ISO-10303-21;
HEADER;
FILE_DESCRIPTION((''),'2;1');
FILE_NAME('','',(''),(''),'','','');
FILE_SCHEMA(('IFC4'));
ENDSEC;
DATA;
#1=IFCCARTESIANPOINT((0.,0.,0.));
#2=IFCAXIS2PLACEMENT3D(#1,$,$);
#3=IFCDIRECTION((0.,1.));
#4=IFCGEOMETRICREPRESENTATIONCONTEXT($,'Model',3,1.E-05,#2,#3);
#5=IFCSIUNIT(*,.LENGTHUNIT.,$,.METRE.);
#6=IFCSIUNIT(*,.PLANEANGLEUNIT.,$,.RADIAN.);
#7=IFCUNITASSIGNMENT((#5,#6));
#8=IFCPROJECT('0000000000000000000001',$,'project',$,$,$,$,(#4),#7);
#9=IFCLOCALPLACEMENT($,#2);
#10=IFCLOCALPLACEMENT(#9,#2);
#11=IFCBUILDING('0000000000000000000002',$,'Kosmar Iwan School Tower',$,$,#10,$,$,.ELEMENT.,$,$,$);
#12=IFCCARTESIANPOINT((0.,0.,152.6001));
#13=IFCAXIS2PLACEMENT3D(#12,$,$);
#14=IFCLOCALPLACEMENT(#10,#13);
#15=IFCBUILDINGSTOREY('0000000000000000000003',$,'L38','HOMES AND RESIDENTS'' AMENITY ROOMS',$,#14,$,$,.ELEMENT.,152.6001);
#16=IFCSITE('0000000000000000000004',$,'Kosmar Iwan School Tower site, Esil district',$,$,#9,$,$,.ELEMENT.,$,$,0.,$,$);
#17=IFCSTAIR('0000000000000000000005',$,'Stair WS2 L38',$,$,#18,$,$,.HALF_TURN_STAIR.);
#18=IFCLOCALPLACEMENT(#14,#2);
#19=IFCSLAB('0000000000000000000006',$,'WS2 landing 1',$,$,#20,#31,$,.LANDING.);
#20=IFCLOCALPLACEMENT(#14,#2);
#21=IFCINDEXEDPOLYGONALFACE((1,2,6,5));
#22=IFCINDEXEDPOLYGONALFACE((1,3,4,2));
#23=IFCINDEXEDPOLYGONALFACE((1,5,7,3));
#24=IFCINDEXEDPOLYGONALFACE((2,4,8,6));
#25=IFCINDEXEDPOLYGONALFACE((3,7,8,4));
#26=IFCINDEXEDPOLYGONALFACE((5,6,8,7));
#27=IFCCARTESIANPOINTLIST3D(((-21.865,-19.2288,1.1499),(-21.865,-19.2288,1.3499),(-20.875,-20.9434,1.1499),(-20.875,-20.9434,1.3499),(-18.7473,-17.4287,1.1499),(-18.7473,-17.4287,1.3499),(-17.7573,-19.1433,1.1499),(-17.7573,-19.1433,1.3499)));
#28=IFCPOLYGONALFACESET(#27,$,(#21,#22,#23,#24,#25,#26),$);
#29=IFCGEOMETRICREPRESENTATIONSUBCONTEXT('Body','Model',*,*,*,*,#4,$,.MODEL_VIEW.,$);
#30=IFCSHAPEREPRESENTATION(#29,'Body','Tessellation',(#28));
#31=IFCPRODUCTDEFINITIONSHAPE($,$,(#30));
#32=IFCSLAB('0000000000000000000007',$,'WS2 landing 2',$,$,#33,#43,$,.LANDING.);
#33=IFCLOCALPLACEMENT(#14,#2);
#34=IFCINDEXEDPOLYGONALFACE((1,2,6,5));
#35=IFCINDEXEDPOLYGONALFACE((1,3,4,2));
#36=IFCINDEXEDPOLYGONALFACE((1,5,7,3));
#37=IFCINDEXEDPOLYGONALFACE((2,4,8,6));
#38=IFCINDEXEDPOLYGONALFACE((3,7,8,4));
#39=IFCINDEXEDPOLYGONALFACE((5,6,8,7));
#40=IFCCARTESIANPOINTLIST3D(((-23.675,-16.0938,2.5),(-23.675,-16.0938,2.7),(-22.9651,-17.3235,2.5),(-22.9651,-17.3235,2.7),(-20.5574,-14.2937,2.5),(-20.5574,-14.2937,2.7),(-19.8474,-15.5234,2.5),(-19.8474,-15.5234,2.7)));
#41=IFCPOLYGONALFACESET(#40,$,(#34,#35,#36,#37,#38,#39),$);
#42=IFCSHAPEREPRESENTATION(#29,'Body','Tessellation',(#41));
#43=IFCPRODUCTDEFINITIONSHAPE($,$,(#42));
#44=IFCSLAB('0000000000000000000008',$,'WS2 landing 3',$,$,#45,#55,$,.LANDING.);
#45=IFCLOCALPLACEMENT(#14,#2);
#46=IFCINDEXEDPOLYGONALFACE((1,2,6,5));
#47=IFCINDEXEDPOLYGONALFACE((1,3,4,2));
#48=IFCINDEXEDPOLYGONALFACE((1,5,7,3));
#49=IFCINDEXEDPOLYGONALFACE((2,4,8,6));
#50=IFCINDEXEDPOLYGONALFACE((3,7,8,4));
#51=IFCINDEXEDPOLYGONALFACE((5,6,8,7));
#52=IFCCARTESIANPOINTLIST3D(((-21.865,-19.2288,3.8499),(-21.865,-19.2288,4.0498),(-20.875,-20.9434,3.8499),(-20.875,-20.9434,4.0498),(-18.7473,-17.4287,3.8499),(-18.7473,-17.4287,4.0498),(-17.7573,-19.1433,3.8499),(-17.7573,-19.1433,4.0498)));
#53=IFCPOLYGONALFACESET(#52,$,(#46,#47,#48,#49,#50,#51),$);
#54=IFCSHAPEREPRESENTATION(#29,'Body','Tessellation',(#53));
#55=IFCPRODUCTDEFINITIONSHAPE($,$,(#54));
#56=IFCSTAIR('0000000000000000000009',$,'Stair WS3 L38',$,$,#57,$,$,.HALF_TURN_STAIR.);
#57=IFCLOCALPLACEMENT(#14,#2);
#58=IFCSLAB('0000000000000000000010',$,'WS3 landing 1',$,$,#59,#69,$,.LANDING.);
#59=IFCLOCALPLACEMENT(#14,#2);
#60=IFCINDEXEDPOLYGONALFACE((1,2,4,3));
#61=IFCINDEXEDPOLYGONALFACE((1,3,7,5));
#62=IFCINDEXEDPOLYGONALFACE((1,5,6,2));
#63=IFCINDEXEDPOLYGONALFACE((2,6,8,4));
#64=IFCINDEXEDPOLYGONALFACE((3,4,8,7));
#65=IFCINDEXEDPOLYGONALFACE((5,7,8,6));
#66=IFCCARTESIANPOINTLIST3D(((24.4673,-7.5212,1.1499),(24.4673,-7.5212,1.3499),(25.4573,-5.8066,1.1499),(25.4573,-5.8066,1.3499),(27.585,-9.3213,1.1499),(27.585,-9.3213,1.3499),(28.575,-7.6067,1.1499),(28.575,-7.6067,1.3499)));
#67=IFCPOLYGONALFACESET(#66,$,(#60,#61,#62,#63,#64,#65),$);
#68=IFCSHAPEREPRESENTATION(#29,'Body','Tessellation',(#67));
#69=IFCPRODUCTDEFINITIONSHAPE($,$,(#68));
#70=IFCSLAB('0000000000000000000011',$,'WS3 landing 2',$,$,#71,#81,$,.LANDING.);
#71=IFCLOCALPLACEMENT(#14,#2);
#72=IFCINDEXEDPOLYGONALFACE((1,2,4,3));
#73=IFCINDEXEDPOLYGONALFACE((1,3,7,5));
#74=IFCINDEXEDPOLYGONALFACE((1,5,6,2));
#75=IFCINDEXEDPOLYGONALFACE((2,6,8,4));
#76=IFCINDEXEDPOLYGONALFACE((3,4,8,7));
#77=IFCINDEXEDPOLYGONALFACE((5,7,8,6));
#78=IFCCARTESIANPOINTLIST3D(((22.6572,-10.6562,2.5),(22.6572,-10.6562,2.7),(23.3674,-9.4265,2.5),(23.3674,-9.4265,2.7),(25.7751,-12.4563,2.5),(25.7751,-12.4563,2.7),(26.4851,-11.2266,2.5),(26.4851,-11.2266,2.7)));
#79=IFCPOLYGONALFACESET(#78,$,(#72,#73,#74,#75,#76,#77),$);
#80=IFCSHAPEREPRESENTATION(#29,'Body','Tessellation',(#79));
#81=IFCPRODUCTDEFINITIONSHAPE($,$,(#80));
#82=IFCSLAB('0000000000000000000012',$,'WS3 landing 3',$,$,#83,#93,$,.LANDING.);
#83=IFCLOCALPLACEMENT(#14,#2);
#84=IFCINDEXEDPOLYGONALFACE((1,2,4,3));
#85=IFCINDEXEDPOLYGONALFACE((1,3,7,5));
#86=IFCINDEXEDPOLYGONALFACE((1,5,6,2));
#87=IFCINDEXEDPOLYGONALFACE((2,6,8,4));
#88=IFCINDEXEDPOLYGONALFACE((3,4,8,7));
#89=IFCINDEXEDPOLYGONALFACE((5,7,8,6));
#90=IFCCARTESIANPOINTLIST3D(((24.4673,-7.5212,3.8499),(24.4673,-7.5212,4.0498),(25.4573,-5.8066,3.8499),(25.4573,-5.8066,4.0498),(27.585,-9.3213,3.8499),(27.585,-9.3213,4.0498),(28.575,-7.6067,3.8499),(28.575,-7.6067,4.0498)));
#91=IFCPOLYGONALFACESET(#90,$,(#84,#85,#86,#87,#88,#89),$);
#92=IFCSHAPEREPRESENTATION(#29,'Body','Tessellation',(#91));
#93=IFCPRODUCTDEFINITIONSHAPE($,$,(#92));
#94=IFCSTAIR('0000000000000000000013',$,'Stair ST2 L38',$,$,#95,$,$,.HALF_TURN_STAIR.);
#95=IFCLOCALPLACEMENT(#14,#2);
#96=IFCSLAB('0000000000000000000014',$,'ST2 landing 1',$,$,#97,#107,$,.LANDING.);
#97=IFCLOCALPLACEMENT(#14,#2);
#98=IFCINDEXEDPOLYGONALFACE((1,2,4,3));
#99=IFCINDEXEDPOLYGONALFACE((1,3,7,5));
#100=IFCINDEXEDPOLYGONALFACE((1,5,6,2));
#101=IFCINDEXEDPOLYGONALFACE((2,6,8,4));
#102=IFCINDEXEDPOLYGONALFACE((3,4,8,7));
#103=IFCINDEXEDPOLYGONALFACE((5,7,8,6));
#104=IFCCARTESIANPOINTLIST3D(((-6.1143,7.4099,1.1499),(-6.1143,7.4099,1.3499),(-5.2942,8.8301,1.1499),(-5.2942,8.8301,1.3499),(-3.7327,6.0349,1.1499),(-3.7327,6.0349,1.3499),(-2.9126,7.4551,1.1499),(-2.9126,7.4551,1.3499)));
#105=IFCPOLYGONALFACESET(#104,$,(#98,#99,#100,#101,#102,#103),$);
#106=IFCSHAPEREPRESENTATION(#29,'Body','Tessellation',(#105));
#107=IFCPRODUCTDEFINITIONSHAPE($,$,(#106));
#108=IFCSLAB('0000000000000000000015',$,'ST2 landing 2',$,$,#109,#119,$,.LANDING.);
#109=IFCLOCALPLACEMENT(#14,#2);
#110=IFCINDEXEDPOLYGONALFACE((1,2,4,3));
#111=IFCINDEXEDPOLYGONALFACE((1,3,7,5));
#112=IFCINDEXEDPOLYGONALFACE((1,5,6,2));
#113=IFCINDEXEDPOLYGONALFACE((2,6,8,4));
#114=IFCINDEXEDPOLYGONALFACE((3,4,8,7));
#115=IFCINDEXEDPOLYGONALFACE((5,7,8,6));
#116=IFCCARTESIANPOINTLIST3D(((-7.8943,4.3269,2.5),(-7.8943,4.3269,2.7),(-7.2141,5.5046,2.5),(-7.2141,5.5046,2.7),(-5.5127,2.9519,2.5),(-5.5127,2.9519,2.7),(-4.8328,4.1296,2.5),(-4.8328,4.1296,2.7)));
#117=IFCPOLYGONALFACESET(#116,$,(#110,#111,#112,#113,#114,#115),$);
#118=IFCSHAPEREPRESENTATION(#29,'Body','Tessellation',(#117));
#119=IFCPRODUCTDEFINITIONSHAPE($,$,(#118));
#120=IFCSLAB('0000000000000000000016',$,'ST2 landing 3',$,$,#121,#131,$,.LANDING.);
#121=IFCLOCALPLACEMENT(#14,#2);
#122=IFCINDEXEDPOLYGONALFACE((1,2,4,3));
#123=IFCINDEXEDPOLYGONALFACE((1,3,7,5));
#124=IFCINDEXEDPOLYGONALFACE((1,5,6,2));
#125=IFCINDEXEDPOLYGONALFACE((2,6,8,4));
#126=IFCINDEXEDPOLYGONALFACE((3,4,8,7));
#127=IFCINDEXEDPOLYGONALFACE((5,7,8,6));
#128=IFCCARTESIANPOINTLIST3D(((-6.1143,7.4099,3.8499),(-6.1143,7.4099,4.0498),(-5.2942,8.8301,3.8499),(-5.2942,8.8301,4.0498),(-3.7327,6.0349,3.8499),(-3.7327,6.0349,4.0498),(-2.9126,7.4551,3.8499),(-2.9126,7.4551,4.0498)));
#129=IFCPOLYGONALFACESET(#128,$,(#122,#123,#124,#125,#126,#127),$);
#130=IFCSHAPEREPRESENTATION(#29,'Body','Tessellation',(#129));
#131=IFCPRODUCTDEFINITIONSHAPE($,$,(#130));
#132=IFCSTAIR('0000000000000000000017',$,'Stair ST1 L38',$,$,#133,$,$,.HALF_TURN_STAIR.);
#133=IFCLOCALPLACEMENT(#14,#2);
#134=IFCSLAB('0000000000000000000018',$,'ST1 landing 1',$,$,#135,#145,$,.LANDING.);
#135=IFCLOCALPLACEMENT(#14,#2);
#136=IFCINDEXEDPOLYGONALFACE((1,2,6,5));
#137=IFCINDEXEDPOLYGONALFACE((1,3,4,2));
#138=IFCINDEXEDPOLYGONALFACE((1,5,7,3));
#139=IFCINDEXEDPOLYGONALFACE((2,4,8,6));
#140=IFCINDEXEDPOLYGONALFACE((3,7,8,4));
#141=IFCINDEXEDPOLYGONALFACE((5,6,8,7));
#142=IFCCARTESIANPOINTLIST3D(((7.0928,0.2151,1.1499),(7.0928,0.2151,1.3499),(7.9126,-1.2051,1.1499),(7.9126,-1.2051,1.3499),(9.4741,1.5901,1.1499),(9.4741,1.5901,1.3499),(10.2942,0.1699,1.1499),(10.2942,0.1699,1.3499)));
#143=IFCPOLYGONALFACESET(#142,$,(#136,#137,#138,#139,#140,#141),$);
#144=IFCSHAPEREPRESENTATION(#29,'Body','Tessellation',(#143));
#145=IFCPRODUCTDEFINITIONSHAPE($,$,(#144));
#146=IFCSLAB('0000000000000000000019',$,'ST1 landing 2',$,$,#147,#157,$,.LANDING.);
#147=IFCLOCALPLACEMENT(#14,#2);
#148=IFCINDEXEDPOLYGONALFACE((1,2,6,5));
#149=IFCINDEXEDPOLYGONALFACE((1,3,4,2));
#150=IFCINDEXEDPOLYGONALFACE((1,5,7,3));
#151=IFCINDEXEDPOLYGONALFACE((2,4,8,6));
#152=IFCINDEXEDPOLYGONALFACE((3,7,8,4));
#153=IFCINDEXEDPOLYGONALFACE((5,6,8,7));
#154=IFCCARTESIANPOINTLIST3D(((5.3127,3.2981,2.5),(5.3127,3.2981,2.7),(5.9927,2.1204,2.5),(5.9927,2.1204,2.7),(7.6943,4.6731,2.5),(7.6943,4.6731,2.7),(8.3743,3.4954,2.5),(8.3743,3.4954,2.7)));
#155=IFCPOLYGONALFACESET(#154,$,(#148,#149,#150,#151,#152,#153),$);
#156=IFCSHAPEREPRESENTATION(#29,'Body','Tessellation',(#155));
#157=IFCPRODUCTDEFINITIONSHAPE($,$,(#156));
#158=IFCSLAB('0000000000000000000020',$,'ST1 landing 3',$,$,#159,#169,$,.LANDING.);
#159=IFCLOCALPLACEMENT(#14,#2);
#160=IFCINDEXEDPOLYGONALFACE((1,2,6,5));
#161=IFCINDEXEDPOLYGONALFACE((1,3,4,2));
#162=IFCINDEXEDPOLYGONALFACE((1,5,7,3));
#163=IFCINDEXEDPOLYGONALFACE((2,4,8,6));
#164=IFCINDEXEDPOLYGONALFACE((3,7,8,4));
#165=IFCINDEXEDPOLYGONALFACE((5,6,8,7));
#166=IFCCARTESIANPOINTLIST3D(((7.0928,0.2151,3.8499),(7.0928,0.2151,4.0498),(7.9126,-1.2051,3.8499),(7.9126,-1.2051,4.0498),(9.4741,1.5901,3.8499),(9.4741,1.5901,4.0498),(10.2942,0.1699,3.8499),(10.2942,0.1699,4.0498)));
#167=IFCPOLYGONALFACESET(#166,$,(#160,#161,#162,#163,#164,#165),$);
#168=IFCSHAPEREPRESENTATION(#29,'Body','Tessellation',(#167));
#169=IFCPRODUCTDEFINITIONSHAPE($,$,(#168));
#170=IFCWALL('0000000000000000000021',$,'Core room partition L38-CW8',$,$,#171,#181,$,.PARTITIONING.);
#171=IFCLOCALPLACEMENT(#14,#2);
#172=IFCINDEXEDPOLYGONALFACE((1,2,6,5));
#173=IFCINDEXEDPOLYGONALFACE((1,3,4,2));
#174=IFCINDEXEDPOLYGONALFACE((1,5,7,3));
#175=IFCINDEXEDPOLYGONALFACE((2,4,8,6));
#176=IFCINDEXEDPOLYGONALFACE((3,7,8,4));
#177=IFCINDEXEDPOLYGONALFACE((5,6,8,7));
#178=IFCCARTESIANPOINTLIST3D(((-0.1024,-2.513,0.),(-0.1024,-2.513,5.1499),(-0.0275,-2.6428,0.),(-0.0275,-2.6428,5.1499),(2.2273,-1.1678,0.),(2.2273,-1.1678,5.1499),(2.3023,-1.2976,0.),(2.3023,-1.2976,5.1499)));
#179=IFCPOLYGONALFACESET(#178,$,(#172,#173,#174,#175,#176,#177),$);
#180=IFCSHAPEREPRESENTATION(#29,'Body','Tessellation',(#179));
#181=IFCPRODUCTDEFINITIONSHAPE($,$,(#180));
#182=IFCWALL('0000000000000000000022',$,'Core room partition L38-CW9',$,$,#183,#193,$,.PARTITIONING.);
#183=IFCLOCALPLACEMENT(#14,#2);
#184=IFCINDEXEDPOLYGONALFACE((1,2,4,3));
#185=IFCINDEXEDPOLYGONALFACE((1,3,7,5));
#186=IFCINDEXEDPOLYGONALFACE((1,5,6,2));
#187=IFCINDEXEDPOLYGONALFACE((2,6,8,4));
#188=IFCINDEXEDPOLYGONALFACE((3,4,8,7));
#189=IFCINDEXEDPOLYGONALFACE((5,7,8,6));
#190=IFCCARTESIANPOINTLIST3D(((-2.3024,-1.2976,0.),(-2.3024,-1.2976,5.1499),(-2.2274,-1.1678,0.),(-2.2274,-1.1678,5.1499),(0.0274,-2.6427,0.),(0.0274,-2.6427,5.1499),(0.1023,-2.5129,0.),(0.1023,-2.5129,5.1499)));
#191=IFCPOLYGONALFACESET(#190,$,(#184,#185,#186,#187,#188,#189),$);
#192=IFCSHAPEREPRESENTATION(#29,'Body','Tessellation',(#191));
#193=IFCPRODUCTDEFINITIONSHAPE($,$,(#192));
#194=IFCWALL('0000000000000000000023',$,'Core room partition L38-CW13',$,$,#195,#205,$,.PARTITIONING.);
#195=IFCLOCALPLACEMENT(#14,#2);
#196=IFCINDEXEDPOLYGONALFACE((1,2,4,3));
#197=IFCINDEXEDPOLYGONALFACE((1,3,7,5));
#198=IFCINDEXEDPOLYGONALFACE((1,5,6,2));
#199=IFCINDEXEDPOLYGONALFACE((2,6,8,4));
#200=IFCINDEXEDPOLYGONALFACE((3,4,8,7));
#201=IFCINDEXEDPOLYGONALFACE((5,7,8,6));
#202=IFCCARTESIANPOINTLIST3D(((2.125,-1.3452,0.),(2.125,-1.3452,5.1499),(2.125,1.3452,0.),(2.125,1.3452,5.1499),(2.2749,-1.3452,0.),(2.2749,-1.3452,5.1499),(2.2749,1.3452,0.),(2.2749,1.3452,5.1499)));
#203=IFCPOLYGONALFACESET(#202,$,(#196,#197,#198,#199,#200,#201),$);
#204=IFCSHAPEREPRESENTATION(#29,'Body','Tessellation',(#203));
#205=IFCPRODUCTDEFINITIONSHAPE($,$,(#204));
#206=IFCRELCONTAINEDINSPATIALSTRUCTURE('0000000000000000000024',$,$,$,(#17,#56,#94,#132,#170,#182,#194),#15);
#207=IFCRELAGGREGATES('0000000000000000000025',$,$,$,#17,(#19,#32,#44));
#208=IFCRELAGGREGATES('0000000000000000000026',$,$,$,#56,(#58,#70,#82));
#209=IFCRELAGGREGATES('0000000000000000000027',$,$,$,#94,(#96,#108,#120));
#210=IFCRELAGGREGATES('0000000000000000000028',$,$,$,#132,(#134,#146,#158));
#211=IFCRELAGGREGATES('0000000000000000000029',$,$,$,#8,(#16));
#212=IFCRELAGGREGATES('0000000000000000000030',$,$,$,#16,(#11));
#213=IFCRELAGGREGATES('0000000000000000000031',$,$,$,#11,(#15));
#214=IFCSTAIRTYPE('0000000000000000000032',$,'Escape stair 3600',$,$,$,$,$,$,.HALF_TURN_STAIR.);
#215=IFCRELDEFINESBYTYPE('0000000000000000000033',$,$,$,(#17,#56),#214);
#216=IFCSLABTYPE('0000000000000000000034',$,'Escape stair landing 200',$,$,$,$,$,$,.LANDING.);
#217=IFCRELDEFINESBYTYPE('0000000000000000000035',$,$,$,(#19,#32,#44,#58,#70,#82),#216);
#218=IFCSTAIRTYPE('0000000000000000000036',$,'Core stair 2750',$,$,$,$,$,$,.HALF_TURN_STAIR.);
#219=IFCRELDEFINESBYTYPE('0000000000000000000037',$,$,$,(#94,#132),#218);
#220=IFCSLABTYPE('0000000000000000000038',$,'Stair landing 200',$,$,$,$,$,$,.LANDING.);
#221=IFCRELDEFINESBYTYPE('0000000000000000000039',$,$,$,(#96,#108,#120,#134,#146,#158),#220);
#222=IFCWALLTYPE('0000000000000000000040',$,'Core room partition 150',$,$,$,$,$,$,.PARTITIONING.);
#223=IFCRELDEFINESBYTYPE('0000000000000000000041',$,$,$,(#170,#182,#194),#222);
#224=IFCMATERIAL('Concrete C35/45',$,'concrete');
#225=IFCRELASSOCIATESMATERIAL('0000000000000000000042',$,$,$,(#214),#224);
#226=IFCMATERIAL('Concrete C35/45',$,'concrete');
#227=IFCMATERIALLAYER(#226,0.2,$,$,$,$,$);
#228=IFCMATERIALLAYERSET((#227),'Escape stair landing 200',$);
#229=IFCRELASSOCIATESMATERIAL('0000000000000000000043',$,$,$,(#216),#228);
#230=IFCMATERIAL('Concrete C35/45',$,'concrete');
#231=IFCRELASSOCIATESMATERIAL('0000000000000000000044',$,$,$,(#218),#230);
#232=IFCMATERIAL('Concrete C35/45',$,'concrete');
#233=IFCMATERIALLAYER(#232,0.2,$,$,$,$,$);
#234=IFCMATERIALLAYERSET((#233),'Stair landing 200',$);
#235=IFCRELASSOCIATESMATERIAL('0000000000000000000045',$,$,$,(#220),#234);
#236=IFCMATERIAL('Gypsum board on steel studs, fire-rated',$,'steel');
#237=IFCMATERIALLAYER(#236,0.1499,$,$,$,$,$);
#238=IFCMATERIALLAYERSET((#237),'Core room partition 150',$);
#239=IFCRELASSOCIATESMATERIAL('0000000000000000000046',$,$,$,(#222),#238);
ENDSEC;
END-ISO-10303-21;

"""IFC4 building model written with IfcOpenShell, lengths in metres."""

from ifc_helpers import new_model, si_unit, direction, frame, frame_2d, origin, place, context, subcontext, project, spatial, polyline, rectangle, outline, extrude, material, layer, layer_set, type_object, element, aggregate, save


model = new_model("IFC4")

# Units and contexts
model_context = context("Model", 3, precision=1e-05, world=origin(), true_north=direction((0.0, 1.0)))
body_context = subcontext(model_context, "Body", "Model", "MODEL_VIEW")
ifc_project = project(units=[si_unit("LENGTHUNIT", "METRE"), si_unit("PLANEANGLEUNIT", "RADIAN")], contexts=[model_context])

# Site, building, storey
site_placement = place(None, origin())
site = spatial("IfcSite", under=ifc_project, at=site_placement, Name="Kosmar Iwan School Tower site, Esil district", CompositionType="ELEMENT", RefElevation=0.0)
building_placement = place(site_placement, origin())
building = spatial("IfcBuilding", under=site, at=building_placement, Name="Kosmar Iwan School Tower", CompositionType="ELEMENT")
storey_placement = place(building_placement, frame((0.0, 0.0, 152.6001)))
storey = spatial("IfcBuildingStorey", under=building, at=storey_placement, Name="L38", Description="HOMES AND RESIDENTS' AMENITY ROOMS", CompositionType="ELEMENT", Elevation=152.6001)

# Stairs, slabs
ifc_material_1 = material(Name="Concrete C35/45", Category="concrete")
stair_type_1 = type_object("IfcStairType", Name="Escape stair 3600", PredefinedType="HALF_TURN_STAIR", material=ifc_material_1)
stair_1_placement = place(storey_placement, origin())
stair_1 = element("IfcStair", 1, at=stair_1_placement, inside=storey, type_object=stair_type_1, Name="Stair WS2 L38", PredefinedType="HALF_TURN_STAIR")
ifc_material_2 = material(Name="Concrete C35/45", Category="concrete")
ifc_layer_1 = layer(ifc_material_2, 0.2)
ifc_layer_set_1 = layer_set([ifc_layer_1], Name="Escape stair landing 200")
slab_type_1 = type_object("IfcSlabType", Name="Escape stair landing 200", PredefinedType="LANDING", material=ifc_layer_set_1)
slab_1_placement = place(storey_placement, frame((0.0, 0.0, 1.1499)))
slab_1 = element("IfcSlab", 2, at=slab_1_placement, type_object=slab_type_1, Name="WS2 landing 1", PredefinedType="LANDING", context=body_context, shape_type="SweptSolid", body=[
    extrude(outline(polyline([(-18.7473, -17.4287), (-21.865, -19.2288), (-20.875, -20.9434), (-17.7573, -19.1433), (-18.7473, -17.4287)])), origin(), (0.0, 0.0, 1.0), 0.2),
])
slab_2_placement = place(storey_placement, frame((0.0, 0.0, 2.5)))
slab_2 = element("IfcSlab", 3, at=slab_2_placement, type_object=slab_type_1, Name="WS2 landing 2", PredefinedType="LANDING", context=body_context, shape_type="SweptSolid", body=[
    extrude(outline(polyline([(-20.5574, -14.2937), (-23.675, -16.0938), (-22.9651, -17.3235), (-19.8474, -15.5234), (-20.5574, -14.2937)])), origin(), (0.0, 0.0, 1.0), 0.2),
])
slab_3_placement = place(storey_placement, frame((0.0, 0.0, 3.8499)))
slab_3 = element("IfcSlab", 4, at=slab_3_placement, type_object=slab_type_1, Name="WS2 landing 3", PredefinedType="LANDING", context=body_context, shape_type="SweptSolid", body=[
    extrude(outline(polyline([(-18.7473, -17.4287), (-21.865, -19.2288), (-20.875, -20.9434), (-17.7573, -19.1433), (-18.7473, -17.4287)])), origin(), (0.0, 0.0, 1.0), 0.2),
])
aggregate(stair_1, [slab_1, slab_2, slab_3])
stair_2_placement = place(storey_placement, origin())
stair_2 = element("IfcStair", 5, at=stair_2_placement, inside=storey, type_object=stair_type_1, Name="Stair WS3 L38", PredefinedType="HALF_TURN_STAIR")
slab_4_placement = place(storey_placement, frame((0.0, 0.0, 1.1499)))
slab_4 = element("IfcSlab", 6, at=slab_4_placement, type_object=slab_type_1, Name="WS3 landing 1", PredefinedType="LANDING", context=body_context, shape_type="SweptSolid", body=[
    extrude(outline(polyline([(24.4673, -7.5212), (27.585, -9.3213), (28.575, -7.6067), (25.4573, -5.8066), (24.4673, -7.5212)])), origin(), (0.0, 0.0, 1.0), 0.2),
])
slab_5_placement = place(storey_placement, frame((0.0, 0.0, 2.5)))
slab_5 = element("IfcSlab", 7, at=slab_5_placement, type_object=slab_type_1, Name="WS3 landing 2", PredefinedType="LANDING", context=body_context, shape_type="SweptSolid", body=[
    extrude(outline(polyline([(22.6572, -10.6562), (25.7751, -12.4563), (26.4851, -11.2266), (23.3674, -9.4265), (22.6572, -10.6562)])), origin(), (0.0, 0.0, 1.0), 0.2),
])
slab_6_placement = place(storey_placement, frame((0.0, 0.0, 3.8499)))
slab_6 = element("IfcSlab", 8, at=slab_6_placement, type_object=slab_type_1, Name="WS3 landing 3", PredefinedType="LANDING", context=body_context, shape_type="SweptSolid", body=[
    extrude(outline(polyline([(24.4673, -7.5212), (27.585, -9.3213), (28.575, -7.6067), (25.4573, -5.8066), (24.4673, -7.5212)])), origin(), (0.0, 0.0, 1.0), 0.2),
])
aggregate(stair_2, [slab_4, slab_5, slab_6])
ifc_material_3 = material(Name="Concrete C35/45", Category="concrete")
stair_type_2 = type_object("IfcStairType", Name="Core stair 2750", PredefinedType="HALF_TURN_STAIR", material=ifc_material_3)
stair_3_placement = place(storey_placement, origin())
stair_3 = element("IfcStair", 9, at=stair_3_placement, inside=storey, type_object=stair_type_2, Name="Stair ST2 L38", PredefinedType="HALF_TURN_STAIR")
ifc_material_4 = material(Name="Concrete C35/45", Category="concrete")
ifc_layer_2 = layer(ifc_material_4, 0.2)
ifc_layer_set_2 = layer_set([ifc_layer_2], Name="Stair landing 200")
slab_type_2 = type_object("IfcSlabType", Name="Stair landing 200", PredefinedType="LANDING", material=ifc_layer_set_2)
slab_7_placement = place(storey_placement, frame((0.0, 0.0, 1.1499)))
slab_7 = element("IfcSlab", 10, at=slab_7_placement, type_object=slab_type_2, Name="ST2 landing 1", PredefinedType="LANDING", context=body_context, shape_type="SweptSolid", body=[
    extrude(outline(polyline([(-2.9126, 7.4551), (-5.2942, 8.8301), (-6.1143, 7.4099), (-3.7327, 6.0349), (-2.9126, 7.4551)])), origin(), (0.0, 0.0, 1.0), 0.2),
])
slab_8_placement = place(storey_placement, frame((0.0, 0.0, 2.5)))
slab_8 = element("IfcSlab", 11, at=slab_8_placement, type_object=slab_type_2, Name="ST2 landing 2", PredefinedType="LANDING", context=body_context, shape_type="SweptSolid", body=[
    extrude(outline(polyline([(-4.8328, 4.1296), (-7.2141, 5.5046), (-7.8943, 4.3269), (-5.5127, 2.9519), (-4.8328, 4.1296)])), origin(), (0.0, 0.0, 1.0), 0.2),
])
slab_9_placement = place(storey_placement, frame((0.0, 0.0, 3.8499)))
slab_9 = element("IfcSlab", 12, at=slab_9_placement, type_object=slab_type_2, Name="ST2 landing 3", PredefinedType="LANDING", context=body_context, shape_type="SweptSolid", body=[
    extrude(outline(polyline([(-2.9126, 7.4551), (-5.2942, 8.8301), (-6.1143, 7.4099), (-3.7327, 6.0349), (-2.9126, 7.4551)])), origin(), (0.0, 0.0, 1.0), 0.2),
])
aggregate(stair_3, [slab_7, slab_8, slab_9])
stair_4_placement = place(storey_placement, origin())
stair_4 = element("IfcStair", 13, at=stair_4_placement, inside=storey, type_object=stair_type_2, Name="Stair ST1 L38", PredefinedType="HALF_TURN_STAIR")
slab_10_placement = place(storey_placement, frame((0.0, 0.0, 1.1499)))
slab_10 = element("IfcSlab", 14, at=slab_10_placement, type_object=slab_type_2, Name="ST1 landing 1", PredefinedType="LANDING", context=body_context, shape_type="SweptSolid", body=[
    extrude(outline(polyline([(7.9126, -1.2051), (10.2942, 0.1699), (9.4741, 1.5901), (7.0928, 0.2151), (7.9126, -1.2051)])), origin(), (0.0, 0.0, 1.0), 0.2),
])
slab_11_placement = place(storey_placement, frame((0.0, 0.0, 2.5)))
slab_11 = element("IfcSlab", 15, at=slab_11_placement, type_object=slab_type_2, Name="ST1 landing 2", PredefinedType="LANDING", context=body_context, shape_type="SweptSolid", body=[
    extrude(outline(polyline([(5.9927, 2.1204), (8.3743, 3.4954), (7.6943, 4.6731), (5.3127, 3.2981), (5.9927, 2.1204)])), origin(), (0.0, 0.0, 1.0), 0.2),
])
slab_12_placement = place(storey_placement, frame((0.0, 0.0, 3.8499)))
slab_12 = element("IfcSlab", 16, at=slab_12_placement, type_object=slab_type_2, Name="ST1 landing 3", PredefinedType="LANDING", context=body_context, shape_type="SweptSolid", body=[
    extrude(outline(polyline([(7.9126, -1.2051), (10.2942, 0.1699), (9.4741, 1.5901), (7.0928, 0.2151), (7.9126, -1.2051)])), origin(), (0.0, 0.0, 1.0), 0.2),
])
aggregate(stair_4, [slab_10, slab_11, slab_12])

# Walls
ifc_material_5 = material(Name="Gypsum board on steel studs, fire-rated", Category="steel")
ifc_layer_3 = layer(ifc_material_5, 0.1499)
ifc_layer_set_3 = layer_set([ifc_layer_3], Name="Core room partition 150")
wall_type_1 = type_object("IfcWallType", Name="Core room partition 150", PredefinedType="PARTITIONING", material=ifc_layer_set_3)
for number, where, z_axis, x_axis, name in (
    (17, (2.2649, -1.2327, 0.0), (0.0, 0.0, 1.0), (-0.866012, -0.500024, 0.0), "Core room partition L38-CW8"),
    (18, (0.0649, -2.5779, 0.0), (0.0, 0.0, 1.0), (-0.866012, 0.500024, 0.0), "Core room partition L38-CW9"),
):
    element("IfcWall", number, at=place(storey_placement, frame(where, z_axis=z_axis, x_axis=x_axis)), inside=storey, type_object=wall_type_1, Name=name, PredefinedType="PARTITIONING", context=body_context, shape_type="SweptSolid", body=[
        extrude(rectangle(XDim=2.6902, YDim=0.1499, at=frame_2d((1.3452, 0.0))), origin(), (0.0, 0.0, 1.0), 5.1499),
    ])
wall_1_placement = place(storey_placement, frame((2.2, 1.3452, 0.0), z_axis=(0.0, 0.0, 1.0), x_axis=(0.0, -1.0, 0.0)))
element("IfcWall", 19, at=wall_1_placement, inside=storey, type_object=wall_type_1, Name="Core room partition L38-CW13", PredefinedType="PARTITIONING", context=body_context, shape_type="SweptSolid", body=[
    extrude(rectangle(XDim=2.6904, YDim=0.1499, at=frame_2d((1.3452, 0.0))), origin(), (0.0, 0.0, 1.0), 5.1499),
])

save(model, "model.ifc")
